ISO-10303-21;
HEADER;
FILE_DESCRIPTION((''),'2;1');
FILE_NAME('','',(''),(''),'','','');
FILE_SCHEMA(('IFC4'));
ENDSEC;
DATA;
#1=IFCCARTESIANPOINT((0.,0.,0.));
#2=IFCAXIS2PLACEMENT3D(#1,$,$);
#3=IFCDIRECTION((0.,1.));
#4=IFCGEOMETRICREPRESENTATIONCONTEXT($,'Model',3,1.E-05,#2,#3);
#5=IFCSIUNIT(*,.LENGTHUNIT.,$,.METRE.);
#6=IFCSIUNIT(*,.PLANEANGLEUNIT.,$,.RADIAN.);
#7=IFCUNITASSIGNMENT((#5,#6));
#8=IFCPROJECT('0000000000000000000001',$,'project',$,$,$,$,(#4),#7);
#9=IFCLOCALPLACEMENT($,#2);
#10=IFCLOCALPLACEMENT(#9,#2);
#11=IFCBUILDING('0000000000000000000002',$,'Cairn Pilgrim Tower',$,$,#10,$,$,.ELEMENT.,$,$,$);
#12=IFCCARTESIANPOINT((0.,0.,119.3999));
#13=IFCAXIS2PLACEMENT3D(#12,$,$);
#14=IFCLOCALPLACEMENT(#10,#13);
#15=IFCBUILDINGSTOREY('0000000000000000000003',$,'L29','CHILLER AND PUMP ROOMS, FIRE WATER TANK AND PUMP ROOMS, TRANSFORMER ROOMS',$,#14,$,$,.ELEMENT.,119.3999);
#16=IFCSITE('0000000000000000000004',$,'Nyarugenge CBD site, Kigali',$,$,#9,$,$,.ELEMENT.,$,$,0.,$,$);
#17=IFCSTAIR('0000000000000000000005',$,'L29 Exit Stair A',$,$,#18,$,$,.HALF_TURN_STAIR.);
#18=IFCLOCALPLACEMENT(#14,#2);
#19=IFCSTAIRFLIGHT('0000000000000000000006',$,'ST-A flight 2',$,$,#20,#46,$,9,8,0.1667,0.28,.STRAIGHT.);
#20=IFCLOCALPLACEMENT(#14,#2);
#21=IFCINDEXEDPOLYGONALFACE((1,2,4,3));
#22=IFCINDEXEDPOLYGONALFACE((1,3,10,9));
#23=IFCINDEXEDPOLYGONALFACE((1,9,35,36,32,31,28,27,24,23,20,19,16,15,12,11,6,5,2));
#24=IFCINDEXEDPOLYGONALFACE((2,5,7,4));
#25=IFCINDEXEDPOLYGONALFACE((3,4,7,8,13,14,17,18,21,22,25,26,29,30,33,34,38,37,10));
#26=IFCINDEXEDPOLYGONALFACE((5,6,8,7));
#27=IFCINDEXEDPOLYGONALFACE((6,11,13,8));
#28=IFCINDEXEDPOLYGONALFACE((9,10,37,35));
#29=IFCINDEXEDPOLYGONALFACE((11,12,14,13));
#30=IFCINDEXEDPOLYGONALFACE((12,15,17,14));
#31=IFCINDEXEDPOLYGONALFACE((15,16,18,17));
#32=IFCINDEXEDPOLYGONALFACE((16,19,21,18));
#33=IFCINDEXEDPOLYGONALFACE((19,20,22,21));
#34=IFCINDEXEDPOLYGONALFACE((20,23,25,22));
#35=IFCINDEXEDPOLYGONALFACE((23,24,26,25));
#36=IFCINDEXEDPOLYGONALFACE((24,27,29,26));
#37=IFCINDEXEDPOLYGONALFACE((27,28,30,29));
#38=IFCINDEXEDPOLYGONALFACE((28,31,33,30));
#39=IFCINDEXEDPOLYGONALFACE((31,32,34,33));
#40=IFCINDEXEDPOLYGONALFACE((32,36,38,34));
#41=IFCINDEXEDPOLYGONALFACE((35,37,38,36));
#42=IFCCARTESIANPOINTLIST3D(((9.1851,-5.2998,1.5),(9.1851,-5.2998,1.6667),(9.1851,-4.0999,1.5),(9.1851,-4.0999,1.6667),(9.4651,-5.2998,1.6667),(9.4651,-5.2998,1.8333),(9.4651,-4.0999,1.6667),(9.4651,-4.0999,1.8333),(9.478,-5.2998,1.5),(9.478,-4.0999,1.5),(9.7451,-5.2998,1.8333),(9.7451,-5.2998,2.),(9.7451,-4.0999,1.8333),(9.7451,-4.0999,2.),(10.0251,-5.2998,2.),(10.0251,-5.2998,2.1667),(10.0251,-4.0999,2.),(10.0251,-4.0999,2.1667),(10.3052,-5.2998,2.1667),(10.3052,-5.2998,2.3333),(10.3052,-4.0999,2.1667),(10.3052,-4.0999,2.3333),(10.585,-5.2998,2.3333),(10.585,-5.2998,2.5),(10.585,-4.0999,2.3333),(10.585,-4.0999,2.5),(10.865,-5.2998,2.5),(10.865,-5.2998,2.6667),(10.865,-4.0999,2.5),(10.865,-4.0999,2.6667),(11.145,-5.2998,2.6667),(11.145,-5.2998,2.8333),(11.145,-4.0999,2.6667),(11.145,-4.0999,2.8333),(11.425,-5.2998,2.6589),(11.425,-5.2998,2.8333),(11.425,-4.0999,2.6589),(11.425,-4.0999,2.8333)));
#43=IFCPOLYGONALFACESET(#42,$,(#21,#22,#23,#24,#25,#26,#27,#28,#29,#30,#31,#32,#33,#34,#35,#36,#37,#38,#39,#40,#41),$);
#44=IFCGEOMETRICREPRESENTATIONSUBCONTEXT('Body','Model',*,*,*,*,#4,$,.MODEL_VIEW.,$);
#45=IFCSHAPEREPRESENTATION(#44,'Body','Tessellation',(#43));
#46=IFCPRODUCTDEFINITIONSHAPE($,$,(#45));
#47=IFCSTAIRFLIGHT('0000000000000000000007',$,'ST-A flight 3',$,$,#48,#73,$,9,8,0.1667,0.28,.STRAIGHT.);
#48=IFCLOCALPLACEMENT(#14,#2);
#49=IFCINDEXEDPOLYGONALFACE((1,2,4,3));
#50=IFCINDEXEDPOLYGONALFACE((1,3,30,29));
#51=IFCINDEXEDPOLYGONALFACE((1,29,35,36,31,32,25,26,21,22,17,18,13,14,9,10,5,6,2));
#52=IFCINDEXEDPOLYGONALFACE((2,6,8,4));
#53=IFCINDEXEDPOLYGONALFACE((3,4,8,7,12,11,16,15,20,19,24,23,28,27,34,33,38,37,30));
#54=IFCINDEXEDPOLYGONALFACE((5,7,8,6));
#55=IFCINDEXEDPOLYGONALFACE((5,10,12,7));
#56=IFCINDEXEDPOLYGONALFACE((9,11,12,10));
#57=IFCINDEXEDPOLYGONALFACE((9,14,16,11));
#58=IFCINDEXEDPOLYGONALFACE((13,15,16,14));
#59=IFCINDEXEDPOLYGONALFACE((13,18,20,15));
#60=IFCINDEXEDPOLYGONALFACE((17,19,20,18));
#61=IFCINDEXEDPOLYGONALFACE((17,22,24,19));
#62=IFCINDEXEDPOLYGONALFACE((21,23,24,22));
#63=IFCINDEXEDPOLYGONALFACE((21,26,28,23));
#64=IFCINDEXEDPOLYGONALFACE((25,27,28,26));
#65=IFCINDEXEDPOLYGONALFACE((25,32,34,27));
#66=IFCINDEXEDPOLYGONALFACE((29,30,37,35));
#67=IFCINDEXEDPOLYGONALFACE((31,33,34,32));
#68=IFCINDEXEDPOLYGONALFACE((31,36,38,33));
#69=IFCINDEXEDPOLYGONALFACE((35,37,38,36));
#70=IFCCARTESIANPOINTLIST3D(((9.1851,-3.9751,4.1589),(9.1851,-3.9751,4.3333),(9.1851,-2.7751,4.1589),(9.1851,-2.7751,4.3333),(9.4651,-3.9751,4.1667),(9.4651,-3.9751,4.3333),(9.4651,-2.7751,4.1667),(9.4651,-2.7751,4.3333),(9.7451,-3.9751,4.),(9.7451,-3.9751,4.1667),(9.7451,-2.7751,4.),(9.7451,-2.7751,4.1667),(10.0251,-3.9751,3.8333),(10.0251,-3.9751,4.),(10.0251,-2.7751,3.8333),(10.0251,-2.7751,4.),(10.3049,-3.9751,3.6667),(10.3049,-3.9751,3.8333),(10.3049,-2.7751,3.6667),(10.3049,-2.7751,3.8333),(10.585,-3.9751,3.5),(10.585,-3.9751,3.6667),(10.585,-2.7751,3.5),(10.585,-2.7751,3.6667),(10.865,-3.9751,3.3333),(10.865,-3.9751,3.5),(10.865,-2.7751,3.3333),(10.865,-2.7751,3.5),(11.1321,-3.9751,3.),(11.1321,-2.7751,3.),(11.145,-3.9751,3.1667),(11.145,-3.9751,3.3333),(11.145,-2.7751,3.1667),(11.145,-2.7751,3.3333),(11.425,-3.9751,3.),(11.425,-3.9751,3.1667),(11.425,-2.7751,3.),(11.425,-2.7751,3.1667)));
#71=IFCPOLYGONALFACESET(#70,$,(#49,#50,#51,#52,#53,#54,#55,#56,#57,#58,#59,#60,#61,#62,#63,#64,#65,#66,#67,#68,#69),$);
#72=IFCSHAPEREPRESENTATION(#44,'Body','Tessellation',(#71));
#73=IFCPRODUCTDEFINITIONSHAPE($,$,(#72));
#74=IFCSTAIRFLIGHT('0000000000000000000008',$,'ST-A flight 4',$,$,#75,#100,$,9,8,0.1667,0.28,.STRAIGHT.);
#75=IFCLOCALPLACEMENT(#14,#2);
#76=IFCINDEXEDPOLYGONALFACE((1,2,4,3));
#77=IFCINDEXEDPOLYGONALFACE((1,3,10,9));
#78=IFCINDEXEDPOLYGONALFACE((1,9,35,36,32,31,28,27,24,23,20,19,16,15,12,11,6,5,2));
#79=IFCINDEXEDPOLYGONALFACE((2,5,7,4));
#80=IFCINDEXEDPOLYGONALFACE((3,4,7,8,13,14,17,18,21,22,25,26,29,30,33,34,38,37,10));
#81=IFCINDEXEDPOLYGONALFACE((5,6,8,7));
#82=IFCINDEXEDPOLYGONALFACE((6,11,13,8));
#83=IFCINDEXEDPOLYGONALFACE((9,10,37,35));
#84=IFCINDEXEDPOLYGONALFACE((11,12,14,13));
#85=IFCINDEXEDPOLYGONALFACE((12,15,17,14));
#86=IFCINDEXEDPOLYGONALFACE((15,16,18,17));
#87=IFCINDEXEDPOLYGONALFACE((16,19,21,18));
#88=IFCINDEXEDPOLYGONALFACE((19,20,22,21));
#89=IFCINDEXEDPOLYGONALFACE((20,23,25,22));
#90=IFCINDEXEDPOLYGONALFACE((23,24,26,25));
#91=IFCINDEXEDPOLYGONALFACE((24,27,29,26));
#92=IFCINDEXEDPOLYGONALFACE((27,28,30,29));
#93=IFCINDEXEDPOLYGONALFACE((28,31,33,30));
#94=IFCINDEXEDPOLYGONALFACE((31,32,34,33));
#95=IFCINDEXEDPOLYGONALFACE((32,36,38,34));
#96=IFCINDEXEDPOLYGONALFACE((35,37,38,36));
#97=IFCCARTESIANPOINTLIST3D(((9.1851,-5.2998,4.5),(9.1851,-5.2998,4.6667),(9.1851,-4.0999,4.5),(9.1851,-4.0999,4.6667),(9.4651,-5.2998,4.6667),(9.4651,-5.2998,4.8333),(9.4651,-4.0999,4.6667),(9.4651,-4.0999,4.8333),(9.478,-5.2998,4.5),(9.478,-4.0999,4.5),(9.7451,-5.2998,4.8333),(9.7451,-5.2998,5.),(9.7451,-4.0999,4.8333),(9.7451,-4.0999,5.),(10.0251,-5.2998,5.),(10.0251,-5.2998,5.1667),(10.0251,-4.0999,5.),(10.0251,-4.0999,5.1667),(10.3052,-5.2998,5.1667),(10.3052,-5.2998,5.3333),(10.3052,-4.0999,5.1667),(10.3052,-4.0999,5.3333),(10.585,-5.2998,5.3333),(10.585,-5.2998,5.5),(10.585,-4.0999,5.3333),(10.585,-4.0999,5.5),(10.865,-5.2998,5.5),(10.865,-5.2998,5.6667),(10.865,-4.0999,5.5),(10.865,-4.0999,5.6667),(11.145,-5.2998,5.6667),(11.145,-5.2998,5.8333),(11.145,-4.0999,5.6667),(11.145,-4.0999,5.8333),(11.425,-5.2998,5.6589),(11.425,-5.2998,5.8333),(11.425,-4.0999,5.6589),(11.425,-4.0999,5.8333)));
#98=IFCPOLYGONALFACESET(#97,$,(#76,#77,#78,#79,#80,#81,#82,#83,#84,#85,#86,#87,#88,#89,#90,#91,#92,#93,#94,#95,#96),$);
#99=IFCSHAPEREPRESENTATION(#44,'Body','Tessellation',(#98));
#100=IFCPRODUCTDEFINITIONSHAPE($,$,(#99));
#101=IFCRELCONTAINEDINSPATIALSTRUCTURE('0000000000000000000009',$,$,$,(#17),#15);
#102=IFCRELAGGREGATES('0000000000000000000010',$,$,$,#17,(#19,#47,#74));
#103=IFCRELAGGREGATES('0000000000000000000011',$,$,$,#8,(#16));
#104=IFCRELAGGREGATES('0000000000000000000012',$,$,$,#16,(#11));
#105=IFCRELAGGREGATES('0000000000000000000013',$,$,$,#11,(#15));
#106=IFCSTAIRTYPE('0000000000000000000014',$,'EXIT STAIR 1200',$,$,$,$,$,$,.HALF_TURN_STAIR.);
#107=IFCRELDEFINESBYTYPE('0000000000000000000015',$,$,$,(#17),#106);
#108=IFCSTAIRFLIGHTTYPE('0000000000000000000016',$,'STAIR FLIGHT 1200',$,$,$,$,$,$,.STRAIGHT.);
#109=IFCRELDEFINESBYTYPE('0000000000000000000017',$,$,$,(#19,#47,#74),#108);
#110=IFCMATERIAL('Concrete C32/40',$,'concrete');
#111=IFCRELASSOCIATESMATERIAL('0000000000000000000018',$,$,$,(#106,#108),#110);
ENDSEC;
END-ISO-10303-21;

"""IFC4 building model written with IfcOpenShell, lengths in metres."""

from ifc_helpers import new_model, si_unit, direction, frame, origin, place, context, subcontext, project, spatial, polyline, outline, extrude, material, type_object, element, aggregate, save


model = new_model("IFC4")

# Units and contexts
model_context = context("Model", 3, precision=1e-05, world=origin(), true_north=direction((0.0, 1.0)))
body_context = subcontext(model_context, "Body", "Model", "MODEL_VIEW")
ifc_project = project(units=[si_unit("LENGTHUNIT", "METRE"), si_unit("PLANEANGLEUNIT", "RADIAN")], contexts=[model_context])

# Site, building, storey
site_placement = place(None, origin())
site = spatial("IfcSite", under=ifc_project, at=site_placement, Name="Nyarugenge CBD site, Kigali", CompositionType="ELEMENT", RefElevation=0.0)
building_placement = place(site_placement, origin())
building = spatial("IfcBuilding", under=site, at=building_placement, Name="Cairn Pilgrim Tower", CompositionType="ELEMENT")
storey_placement = place(building_placement, frame((0.0, 0.0, 119.3999)))
storey = spatial("IfcBuildingStorey", under=building, at=storey_placement, Name="L29", Description="CHILLER AND PUMP ROOMS, FIRE WATER TANK AND PUMP ROOMS, TRANSFORMER ROOMS", CompositionType="ELEMENT", Elevation=119.3999)

# Shared definitions
ifc_material_1 = material(Name="Concrete C32/40", Category="concrete")

# Stair, stair flights
stair_type = type_object("IfcStairType", Name="EXIT STAIR 1200", PredefinedType="HALF_TURN_STAIR", material=ifc_material_1)
stair_placement = place(storey_placement, origin())
stair = element("IfcStair", 1, at=stair_placement, inside=storey, type_object=stair_type, Name="L29 Exit Stair A", PredefinedType="HALF_TURN_STAIR")
stair_flight_type = type_object("IfcStairFlightType", Name="STAIR FLIGHT 1200", PredefinedType="STRAIGHT", material=ifc_material_1)
stair_flight_1_placement = place(storey_placement, frame((9.1851, -4.7, 1.5), z_axis=(0.0, 0.0, 1.0), x_axis=(1.0, 0.0, 0.0)))
stair_flight_1 = element("IfcStairFlight", 2, at=stair_flight_1_placement, type_object=stair_flight_type, Name="ST-A flight 2", NumberOfRisers=9, NumberOfTreads=8, PredefinedType="STRAIGHT", RiserHeight=0.1667, TreadLength=0.28, context=body_context, shape_type="SweptSolid", body=[
    extrude(outline(polyline([(0.0, 0.0), (0.0, 0.1667), (0.28, 0.1667), (0.28, 0.3333), (0.5601, 0.3333), (0.5601, 0.5), (0.8401, 0.5), (0.8401, 0.6667), (1.1201, 0.6667), (1.1201, 0.8333), (1.3999, 0.8333), (1.3999, 1.0), (1.6799, 1.0), (1.6799, 1.1667), (1.96, 1.1667), (1.96, 1.3333), (2.24, 1.3333), (2.24, 1.5), (2.24, 1.1589), (0.293, 0.0), (0.0, 0.0)])), frame((0.0, 0.6001, 0.0), z_axis=(0.0, -1.0, 0.0), x_axis=(1.0, 0.0, 0.0)), (0.0, 0.0, 1.0), 1.2),
])
stair_flight_2_placement = place(storey_placement, frame((11.425, -3.375, 3.0), z_axis=(0.0, 0.0, 1.0), x_axis=(-1.0, 0.0, 0.0)))
stair_flight_2 = element("IfcStairFlight", 3, at=stair_flight_2_placement, type_object=stair_flight_type, Name="ST-A flight 3", NumberOfRisers=9, NumberOfTreads=8, PredefinedType="STRAIGHT", RiserHeight=0.1667, TreadLength=0.28, context=body_context, shape_type="SweptSolid", body=[
    extrude(outline(polyline([(0.0, 0.0), (0.0, 0.1667), (0.28, 0.1667), (0.28, 0.3333), (0.5601, 0.3333), (0.5601, 0.5), (0.8401, 0.5), (0.8401, 0.6667), (1.1201, 0.6667), (1.1201, 0.8333), (1.3999, 0.8333), (1.3999, 1.0), (1.6799, 1.0), (1.6799, 1.1667), (1.96, 1.1667), (1.96, 1.3333), (2.24, 1.3333), (2.24, 1.5), (2.24, 1.1589), (0.293, 0.0), (0.0, 0.0)])), frame((0.0, 0.6001, 0.0), z_axis=(0.0, -1.0, 0.0), x_axis=(1.0, 0.0, 0.0)), (0.0, 0.0, 1.0), 1.2),
])
stair_flight_3_placement = place(storey_placement, frame((9.1851, -4.7, 4.5), z_axis=(0.0, 0.0, 1.0), x_axis=(1.0, 0.0, 0.0)))
stair_flight_3 = element("IfcStairFlight", 4, at=stair_flight_3_placement, type_object=stair_flight_type, Name="ST-A flight 4", NumberOfRisers=9, NumberOfTreads=8, PredefinedType="STRAIGHT", RiserHeight=0.1667, TreadLength=0.28, context=body_context, shape_type="SweptSolid", body=[
    extrude(outline(polyline([(0.0, 0.0), (0.0, 0.1667), (0.28, 0.1667), (0.28, 0.3333), (0.5601, 0.3333), (0.5601, 0.5), (0.8401, 0.5), (0.8401, 0.6667), (1.1201, 0.6667), (1.1201, 0.8333), (1.3999, 0.8333), (1.3999, 1.0), (1.6799, 1.0), (1.6799, 1.1667), (1.96, 1.1667), (1.96, 1.3333), (2.24, 1.3333), (2.24, 1.5), (2.24, 1.1589), (0.293, 0.0), (0.0, 0.0)])), frame((0.0, 0.6001, 0.0), z_axis=(0.0, -1.0, 0.0), x_axis=(1.0, 0.0, 0.0)), (0.0, 0.0, 1.0), 1.2),
])
aggregate(stair, [stair_flight_1, stair_flight_2, stair_flight_3])

save(model, "model.ifc")
